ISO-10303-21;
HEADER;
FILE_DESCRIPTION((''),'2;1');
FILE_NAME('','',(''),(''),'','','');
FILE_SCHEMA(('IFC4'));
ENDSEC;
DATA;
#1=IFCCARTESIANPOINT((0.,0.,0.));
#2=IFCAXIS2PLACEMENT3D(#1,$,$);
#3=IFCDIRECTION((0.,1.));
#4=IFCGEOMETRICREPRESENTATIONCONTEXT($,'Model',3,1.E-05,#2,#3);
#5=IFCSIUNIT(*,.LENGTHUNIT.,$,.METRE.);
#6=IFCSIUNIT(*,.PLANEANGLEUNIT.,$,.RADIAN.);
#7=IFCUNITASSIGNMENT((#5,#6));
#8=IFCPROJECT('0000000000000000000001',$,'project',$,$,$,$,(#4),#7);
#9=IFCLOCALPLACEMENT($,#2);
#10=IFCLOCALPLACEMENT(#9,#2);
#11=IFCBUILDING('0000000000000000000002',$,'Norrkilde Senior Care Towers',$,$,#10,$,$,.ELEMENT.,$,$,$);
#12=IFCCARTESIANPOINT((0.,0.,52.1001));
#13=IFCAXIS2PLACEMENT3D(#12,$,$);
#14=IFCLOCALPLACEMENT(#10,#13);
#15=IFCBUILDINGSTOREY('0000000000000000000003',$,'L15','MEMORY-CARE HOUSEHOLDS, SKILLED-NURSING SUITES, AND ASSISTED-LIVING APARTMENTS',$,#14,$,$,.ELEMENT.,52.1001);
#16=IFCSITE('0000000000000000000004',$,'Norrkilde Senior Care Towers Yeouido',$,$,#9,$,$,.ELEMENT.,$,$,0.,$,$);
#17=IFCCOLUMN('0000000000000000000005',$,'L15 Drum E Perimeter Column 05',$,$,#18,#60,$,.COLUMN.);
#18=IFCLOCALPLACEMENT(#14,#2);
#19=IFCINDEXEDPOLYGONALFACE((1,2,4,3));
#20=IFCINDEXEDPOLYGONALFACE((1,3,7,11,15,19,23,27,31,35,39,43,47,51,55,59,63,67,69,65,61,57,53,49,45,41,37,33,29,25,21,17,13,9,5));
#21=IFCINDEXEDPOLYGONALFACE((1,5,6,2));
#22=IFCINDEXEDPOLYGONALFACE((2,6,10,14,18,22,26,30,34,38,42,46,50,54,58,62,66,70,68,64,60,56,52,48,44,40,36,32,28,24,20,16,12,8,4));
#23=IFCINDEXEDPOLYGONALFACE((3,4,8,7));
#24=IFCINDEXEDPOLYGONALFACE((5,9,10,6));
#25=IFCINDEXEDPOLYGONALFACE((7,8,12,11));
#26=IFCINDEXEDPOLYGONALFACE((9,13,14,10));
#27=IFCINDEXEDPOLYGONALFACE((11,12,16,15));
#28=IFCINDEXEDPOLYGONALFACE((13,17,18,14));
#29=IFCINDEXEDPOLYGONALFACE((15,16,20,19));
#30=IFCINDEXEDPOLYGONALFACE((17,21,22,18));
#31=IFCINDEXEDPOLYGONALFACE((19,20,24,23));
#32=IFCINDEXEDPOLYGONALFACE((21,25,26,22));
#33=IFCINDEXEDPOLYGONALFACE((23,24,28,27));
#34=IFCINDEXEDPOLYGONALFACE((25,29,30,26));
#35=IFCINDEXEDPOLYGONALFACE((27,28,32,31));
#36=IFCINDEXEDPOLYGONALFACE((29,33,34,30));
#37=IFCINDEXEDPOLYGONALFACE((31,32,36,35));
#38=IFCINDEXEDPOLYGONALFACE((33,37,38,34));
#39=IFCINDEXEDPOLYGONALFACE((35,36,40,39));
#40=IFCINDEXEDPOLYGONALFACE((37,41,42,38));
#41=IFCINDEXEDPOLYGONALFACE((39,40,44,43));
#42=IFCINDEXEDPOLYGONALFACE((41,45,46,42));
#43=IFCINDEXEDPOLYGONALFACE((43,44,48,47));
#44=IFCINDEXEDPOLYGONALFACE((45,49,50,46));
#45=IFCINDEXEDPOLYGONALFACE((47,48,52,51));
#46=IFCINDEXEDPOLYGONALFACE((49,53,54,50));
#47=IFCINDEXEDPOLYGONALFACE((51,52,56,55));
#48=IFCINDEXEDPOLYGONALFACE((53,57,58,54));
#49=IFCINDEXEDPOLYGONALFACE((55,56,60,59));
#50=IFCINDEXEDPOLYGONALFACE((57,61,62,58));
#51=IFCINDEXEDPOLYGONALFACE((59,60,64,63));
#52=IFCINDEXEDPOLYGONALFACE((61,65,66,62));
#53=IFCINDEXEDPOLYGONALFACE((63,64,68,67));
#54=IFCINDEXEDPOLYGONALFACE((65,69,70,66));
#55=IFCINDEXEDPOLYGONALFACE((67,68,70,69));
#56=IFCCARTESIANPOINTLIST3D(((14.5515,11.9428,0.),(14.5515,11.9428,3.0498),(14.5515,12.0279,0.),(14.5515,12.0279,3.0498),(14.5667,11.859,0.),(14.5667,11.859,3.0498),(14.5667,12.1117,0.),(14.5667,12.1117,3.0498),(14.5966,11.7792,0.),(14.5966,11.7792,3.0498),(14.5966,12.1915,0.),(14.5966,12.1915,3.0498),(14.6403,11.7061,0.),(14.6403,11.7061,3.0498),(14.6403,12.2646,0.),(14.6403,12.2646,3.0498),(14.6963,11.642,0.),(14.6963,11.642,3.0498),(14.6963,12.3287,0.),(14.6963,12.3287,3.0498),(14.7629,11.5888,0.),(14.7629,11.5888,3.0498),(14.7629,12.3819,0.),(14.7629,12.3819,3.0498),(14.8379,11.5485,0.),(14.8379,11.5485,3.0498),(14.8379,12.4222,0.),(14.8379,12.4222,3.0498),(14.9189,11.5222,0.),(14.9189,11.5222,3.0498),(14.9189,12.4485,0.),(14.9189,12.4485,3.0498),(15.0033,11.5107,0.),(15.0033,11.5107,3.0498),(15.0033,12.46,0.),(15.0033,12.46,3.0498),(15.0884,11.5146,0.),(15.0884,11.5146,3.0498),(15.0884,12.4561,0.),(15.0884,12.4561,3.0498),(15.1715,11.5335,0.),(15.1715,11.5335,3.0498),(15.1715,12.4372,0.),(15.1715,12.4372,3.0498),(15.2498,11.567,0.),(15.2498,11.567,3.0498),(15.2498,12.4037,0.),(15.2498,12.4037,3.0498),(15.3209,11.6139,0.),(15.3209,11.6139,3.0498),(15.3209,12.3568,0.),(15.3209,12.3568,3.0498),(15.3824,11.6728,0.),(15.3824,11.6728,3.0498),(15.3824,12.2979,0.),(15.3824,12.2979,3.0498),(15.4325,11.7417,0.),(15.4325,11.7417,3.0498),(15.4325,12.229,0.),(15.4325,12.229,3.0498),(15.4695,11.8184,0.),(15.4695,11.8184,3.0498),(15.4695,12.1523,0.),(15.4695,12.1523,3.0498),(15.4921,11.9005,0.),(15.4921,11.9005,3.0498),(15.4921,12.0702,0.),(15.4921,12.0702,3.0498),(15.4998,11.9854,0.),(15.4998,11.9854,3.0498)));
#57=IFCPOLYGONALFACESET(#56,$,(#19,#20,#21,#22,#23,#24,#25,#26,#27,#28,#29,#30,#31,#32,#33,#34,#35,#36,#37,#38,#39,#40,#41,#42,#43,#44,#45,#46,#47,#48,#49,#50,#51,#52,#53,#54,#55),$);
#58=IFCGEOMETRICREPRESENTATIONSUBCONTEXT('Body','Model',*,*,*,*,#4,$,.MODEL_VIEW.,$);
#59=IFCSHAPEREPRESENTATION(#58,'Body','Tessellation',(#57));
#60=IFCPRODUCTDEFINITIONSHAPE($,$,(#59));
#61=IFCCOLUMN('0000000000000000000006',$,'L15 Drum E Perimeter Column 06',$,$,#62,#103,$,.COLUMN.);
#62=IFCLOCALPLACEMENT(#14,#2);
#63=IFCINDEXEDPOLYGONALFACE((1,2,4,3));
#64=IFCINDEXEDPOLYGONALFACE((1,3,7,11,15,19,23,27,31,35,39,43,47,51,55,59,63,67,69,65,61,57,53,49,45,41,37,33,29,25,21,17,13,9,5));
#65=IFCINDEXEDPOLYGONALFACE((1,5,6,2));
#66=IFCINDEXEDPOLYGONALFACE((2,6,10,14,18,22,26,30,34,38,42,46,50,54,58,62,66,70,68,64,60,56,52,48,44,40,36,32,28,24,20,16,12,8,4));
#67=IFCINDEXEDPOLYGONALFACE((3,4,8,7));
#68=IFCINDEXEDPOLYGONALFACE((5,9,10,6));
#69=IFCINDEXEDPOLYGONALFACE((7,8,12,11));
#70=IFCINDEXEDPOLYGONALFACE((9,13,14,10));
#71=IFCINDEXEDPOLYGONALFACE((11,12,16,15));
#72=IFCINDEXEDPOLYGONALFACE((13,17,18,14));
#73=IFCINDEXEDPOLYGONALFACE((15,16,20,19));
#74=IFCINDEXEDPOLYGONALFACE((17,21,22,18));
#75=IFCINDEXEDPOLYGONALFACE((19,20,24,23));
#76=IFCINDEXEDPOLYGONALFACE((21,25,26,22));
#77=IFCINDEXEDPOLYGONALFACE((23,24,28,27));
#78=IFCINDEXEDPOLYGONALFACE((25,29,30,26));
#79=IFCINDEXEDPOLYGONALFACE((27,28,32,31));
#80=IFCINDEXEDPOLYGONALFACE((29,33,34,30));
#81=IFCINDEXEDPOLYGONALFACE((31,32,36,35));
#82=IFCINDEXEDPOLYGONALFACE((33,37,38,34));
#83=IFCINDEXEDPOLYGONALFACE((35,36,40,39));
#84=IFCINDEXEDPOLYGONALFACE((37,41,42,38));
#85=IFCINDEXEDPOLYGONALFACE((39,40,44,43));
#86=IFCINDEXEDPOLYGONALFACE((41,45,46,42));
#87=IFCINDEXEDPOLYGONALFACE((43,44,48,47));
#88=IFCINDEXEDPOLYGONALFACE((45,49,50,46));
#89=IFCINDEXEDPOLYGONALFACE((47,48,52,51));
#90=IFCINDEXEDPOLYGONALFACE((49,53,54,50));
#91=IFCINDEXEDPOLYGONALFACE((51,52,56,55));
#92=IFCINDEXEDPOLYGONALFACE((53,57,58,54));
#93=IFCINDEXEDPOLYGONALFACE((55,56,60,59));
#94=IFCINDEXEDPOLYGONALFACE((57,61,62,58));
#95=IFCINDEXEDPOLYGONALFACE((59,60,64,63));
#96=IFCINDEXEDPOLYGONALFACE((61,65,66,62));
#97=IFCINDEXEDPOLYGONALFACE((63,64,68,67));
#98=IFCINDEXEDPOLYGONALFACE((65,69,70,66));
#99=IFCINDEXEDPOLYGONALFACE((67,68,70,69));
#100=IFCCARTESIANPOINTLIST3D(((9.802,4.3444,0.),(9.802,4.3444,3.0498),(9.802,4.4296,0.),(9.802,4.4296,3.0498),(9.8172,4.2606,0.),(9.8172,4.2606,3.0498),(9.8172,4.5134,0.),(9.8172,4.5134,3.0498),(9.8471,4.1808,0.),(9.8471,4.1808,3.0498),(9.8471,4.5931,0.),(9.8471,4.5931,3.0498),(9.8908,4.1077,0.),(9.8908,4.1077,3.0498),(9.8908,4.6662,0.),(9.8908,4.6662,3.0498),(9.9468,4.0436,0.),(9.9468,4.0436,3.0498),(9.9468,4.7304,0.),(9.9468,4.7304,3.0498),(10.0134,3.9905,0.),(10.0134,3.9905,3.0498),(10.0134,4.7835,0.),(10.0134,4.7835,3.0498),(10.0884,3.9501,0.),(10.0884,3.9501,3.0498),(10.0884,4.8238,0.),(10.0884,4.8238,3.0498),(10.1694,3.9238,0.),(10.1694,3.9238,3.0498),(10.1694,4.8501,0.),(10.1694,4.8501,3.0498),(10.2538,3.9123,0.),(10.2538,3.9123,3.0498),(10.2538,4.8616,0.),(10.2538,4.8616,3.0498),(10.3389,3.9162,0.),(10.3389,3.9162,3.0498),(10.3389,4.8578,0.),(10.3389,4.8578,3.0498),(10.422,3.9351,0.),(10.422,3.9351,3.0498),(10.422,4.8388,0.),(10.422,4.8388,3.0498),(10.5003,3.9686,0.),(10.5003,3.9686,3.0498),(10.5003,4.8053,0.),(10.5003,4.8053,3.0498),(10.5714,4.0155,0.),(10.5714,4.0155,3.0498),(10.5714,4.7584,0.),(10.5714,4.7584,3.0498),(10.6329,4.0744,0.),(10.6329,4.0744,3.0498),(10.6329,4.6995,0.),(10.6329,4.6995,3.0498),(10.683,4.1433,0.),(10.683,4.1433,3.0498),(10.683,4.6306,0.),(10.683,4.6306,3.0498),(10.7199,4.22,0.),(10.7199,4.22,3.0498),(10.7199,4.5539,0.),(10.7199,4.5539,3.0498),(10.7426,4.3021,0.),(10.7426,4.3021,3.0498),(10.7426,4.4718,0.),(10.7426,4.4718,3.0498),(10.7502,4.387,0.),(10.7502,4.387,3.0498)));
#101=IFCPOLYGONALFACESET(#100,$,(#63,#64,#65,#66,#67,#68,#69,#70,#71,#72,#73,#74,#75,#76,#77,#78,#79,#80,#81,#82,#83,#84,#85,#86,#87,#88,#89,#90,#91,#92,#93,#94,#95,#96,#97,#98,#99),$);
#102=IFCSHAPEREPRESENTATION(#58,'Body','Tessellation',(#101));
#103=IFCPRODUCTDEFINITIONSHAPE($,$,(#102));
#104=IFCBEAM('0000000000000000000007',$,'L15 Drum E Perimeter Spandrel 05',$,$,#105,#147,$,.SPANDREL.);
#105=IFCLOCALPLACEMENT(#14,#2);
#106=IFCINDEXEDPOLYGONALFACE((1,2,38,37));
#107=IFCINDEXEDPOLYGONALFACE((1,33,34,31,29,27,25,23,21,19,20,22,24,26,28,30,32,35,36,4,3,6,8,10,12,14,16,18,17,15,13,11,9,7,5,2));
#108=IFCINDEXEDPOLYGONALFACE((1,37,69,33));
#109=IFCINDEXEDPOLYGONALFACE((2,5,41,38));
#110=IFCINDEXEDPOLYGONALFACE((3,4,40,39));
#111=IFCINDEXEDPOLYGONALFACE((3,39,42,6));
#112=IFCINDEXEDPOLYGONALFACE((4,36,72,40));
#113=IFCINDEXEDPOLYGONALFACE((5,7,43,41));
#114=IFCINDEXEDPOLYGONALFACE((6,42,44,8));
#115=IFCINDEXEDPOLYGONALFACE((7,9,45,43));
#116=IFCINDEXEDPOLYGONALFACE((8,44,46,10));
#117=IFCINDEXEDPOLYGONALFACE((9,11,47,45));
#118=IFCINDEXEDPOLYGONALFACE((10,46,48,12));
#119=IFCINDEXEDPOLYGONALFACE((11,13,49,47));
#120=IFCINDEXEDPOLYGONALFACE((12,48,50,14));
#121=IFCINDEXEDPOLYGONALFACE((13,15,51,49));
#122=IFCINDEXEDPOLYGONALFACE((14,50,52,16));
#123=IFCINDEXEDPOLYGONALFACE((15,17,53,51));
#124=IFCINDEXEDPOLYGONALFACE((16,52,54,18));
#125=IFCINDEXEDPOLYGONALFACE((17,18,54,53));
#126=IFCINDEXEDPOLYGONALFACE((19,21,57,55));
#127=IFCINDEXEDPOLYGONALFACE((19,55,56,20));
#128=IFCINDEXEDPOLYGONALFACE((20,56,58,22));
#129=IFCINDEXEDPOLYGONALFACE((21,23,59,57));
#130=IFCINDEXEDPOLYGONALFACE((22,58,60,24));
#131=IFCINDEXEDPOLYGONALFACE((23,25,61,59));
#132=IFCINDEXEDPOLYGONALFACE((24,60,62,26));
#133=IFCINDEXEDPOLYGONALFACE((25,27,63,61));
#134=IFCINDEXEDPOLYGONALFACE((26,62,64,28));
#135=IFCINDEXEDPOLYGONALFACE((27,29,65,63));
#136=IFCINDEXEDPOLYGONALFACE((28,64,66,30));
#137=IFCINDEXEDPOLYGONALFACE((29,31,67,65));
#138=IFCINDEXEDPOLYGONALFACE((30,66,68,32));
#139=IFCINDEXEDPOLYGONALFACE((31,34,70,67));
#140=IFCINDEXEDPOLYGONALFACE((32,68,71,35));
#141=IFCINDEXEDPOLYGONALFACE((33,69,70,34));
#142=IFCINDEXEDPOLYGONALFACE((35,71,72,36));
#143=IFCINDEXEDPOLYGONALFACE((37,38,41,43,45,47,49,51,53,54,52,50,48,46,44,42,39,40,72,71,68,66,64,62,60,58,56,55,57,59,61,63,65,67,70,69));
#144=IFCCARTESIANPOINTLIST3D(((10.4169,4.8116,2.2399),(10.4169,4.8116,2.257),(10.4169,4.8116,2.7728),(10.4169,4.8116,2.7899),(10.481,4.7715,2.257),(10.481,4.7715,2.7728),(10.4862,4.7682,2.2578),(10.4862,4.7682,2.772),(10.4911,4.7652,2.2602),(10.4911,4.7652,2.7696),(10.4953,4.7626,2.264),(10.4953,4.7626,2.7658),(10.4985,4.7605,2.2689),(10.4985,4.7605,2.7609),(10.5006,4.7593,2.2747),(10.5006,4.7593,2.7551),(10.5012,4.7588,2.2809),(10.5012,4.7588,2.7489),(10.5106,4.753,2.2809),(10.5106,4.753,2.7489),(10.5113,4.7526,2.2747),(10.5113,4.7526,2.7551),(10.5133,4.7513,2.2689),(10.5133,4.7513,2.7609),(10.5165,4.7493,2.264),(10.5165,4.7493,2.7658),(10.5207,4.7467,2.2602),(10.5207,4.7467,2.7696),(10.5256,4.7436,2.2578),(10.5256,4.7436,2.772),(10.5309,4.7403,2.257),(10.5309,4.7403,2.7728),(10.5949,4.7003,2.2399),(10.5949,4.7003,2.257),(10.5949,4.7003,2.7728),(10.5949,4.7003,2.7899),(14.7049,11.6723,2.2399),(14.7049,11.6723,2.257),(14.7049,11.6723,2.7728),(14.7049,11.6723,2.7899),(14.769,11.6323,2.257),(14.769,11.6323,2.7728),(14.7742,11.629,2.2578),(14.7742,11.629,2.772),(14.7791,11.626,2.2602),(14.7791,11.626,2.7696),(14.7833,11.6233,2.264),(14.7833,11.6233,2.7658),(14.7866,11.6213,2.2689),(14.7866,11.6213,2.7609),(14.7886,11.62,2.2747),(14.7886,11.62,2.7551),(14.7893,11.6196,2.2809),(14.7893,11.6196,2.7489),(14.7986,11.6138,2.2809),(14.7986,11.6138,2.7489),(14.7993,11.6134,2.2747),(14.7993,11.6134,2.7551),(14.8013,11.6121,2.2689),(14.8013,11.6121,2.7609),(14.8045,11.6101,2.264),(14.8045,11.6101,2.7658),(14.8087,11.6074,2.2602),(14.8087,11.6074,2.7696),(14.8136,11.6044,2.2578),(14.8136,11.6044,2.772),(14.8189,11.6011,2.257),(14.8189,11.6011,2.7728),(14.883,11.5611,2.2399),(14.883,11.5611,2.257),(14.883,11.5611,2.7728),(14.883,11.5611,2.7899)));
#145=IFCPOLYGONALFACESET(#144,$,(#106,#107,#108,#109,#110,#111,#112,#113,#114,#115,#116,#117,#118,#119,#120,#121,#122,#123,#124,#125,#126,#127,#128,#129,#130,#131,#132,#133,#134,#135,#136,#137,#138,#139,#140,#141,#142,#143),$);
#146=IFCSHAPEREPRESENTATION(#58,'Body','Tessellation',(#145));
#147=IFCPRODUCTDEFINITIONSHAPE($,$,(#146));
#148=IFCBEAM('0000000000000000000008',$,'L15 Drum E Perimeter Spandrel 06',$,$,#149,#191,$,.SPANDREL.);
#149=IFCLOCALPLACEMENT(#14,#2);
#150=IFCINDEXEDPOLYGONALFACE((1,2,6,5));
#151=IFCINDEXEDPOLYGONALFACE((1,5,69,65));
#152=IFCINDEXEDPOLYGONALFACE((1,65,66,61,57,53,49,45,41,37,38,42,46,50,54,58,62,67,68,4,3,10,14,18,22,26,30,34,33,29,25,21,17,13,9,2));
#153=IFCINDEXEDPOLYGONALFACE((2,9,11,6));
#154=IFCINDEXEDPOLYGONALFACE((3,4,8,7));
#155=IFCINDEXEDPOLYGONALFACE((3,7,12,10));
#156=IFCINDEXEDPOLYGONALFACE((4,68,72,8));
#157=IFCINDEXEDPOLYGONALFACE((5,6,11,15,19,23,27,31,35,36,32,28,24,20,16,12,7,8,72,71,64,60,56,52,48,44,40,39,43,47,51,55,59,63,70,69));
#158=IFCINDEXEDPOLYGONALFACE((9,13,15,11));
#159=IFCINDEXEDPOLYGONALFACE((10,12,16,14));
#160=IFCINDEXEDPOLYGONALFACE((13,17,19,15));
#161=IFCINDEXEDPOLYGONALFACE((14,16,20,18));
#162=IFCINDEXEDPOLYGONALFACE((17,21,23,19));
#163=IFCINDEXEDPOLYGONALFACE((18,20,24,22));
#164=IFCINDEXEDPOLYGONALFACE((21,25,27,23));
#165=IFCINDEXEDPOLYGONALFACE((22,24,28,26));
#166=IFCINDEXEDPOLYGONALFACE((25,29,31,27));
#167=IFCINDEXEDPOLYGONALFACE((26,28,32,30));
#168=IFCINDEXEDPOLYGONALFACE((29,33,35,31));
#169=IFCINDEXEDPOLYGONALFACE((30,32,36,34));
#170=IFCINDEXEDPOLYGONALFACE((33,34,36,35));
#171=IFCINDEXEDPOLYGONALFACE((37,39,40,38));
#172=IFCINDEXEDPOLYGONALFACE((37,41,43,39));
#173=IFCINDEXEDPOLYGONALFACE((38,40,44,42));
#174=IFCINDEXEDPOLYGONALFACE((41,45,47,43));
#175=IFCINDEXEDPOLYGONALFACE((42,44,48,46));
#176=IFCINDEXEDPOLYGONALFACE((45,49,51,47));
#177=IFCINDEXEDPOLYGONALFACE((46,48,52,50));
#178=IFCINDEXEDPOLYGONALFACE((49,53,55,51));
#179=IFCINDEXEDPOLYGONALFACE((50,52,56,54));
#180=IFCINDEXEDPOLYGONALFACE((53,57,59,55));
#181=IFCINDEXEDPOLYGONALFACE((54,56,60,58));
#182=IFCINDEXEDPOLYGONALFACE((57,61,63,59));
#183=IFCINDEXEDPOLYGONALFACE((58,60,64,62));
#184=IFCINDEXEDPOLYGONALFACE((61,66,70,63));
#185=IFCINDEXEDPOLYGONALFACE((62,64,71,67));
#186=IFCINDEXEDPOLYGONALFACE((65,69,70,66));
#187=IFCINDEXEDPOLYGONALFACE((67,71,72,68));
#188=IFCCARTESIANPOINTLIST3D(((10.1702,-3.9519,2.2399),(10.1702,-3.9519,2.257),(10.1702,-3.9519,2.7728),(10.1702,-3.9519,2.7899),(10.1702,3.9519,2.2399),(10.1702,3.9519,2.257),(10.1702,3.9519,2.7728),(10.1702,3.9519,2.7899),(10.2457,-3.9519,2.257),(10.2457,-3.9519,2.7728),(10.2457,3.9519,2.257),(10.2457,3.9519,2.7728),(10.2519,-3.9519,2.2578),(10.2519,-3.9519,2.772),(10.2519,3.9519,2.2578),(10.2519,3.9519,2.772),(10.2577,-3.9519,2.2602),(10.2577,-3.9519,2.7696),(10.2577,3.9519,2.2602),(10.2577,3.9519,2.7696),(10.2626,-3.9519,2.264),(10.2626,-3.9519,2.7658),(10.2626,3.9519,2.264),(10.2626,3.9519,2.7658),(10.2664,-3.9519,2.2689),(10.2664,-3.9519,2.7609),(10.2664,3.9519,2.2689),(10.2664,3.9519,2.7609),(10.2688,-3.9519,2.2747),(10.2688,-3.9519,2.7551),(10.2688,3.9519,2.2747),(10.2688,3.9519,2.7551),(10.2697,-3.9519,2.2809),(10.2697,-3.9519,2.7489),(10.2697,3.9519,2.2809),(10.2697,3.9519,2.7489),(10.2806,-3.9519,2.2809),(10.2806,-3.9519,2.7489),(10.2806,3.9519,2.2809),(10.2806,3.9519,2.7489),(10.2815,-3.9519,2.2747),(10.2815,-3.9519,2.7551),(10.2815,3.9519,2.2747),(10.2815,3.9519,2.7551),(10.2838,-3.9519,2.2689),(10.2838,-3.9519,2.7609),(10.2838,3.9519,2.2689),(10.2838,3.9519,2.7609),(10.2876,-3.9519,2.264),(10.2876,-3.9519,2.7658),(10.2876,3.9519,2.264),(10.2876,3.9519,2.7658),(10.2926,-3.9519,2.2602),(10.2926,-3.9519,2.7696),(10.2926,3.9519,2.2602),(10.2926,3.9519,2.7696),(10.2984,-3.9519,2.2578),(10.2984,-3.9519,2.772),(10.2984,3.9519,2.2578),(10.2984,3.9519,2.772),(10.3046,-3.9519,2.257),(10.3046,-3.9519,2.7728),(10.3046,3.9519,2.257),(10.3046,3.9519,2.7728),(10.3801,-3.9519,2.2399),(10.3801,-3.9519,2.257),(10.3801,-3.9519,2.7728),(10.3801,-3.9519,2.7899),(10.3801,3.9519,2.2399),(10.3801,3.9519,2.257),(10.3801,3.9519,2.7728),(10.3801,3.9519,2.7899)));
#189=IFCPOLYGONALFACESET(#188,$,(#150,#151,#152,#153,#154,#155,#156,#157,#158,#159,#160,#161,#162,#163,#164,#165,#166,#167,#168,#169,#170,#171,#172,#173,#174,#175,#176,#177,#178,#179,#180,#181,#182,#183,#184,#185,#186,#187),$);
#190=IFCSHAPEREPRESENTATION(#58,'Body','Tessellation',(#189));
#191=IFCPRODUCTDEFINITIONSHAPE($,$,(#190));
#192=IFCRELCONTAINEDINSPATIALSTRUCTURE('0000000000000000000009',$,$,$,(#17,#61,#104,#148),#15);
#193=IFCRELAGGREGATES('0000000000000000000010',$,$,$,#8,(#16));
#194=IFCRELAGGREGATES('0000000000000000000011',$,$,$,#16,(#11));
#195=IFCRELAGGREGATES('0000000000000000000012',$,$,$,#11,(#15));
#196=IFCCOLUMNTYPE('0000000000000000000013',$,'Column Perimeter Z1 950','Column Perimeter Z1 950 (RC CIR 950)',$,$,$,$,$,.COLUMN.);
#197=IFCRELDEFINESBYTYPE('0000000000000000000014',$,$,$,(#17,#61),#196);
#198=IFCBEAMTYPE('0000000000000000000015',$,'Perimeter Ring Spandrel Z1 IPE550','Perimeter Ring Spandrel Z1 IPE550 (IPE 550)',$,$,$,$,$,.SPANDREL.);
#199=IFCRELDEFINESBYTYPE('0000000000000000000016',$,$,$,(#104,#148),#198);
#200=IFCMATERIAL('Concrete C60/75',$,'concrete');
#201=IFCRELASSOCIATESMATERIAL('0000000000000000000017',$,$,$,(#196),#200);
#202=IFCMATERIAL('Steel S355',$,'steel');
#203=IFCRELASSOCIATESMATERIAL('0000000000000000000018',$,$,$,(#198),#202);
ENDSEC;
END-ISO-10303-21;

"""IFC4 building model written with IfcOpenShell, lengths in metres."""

from ifc_helpers import new_model, si_unit, direction, frame, origin, origin_2d, place, context, subcontext, project, spatial, circle, i_section, extrude, source, transform, mapped, material, material_profile, profile_set, type_object, type_shapes, element, save


model = new_model("IFC4")

# Units and contexts
model_context = context("Model", 3, precision=1e-05, world=origin(), true_north=direction((0.0, 1.0)))
body_context = subcontext(model_context, "Body", "Model", "MODEL_VIEW")
ifc_project = project(units=[si_unit("LENGTHUNIT", "METRE"), si_unit("PLANEANGLEUNIT", "RADIAN")], contexts=[model_context])

# Site, building, storey
site_placement = place(None, origin())
site = spatial("IfcSite", under=ifc_project, at=site_placement, Name="Norrkilde Senior Care Towers Yeouido", CompositionType="ELEMENT", RefElevation=0.0)
building_placement = place(site_placement, origin())
building = spatial("IfcBuilding", under=site, at=building_placement, Name="Norrkilde Senior Care Towers", CompositionType="ELEMENT")
storey_placement = place(building_placement, frame((0.0, 0.0, 52.1001)))
storey = spatial("IfcBuildingStorey", under=building, at=storey_placement, Name="L15", Description="MEMORY-CARE HOUSEHOLDS, SKILLED-NURSING SUITES, AND ASSISTED-LIVING APARTMENTS", CompositionType="ELEMENT", Elevation=52.1001)

# Columns
ifc_material_1 = material(Name="Concrete C60/75", Category="concrete")
ifc_material_profile_1 = material_profile(ifc_material_1, circle(Radius=0.4751, at=origin_2d()), Name="RC CIR 950")
ifc_profile_set_1 = profile_set([ifc_material_profile_1], Name="Concrete C60/75")
column_type = type_object("IfcColumnType", Name="Column Perimeter Z1 950", Description="Column Perimeter Z1 950 (RC CIR 950)", PredefinedType="COLUMN", material=ifc_profile_set_1)
shared_shape_1 = source(origin(), body_context, "Body", "SweptSolid", [
    extrude(circle(Radius=0.4751, at=origin_2d()), origin(), (0.0, 0.0, 1.0), 3.0498),
])
type_shapes(column_type, [shared_shape_1])
for number, where, z_axis, x_axis, name in (
    (1, (15.0247, 11.9854, 0.0), (0.0, 0.0, 1.0), (1.0, 0.0, 0.0), "L15 Drum E Perimeter Column 05"),
    (2, (10.2751, 4.387, 0.0), (0.0, 0.0, 1.0), (1.0, 0.0, 0.0), "L15 Drum E Perimeter Column 06"),
):
    element("IfcColumn", number, at=place(storey_placement, frame(where, z_axis=z_axis, x_axis=x_axis)), inside=storey, type_object=column_type, Name=name, PredefinedType="COLUMN", context=body_context, shape_type="MappedRepresentation", body=[
        mapped(shared_shape_1, transform((0.0, 0.0, 0.0), x_axis=(1.0, 0.0, 0.0), y_axis=(0.0, 1.0, 0.0), z_axis=(0.0, 0.0, 1.0), scale=1.0)),
    ])

# Beams
ifc_material_2 = material(Name="Steel S355", Category="steel")
ifc_material_profile_2 = material_profile(ifc_material_2, i_section(OverallWidth=0.21, OverallDepth=0.55, WebThickness=0.011, FlangeThickness=0.0171, FilletRadius=0.0239, at=origin_2d()), Name="IPE 550")
ifc_profile_set_2 = profile_set([ifc_material_profile_2], Name="Steel S355")
beam_type = type_object("IfcBeamType", Name="Perimeter Ring Spandrel Z1 IPE550", Description="Perimeter Ring Spandrel Z1 IPE550 (IPE 550)", PredefinedType="SPANDREL", material=ifc_profile_set_2)
shared_shape_2 = source(origin(), body_context, "Body", "SweptSolid", [
    extrude(i_section(OverallWidth=0.21, OverallDepth=0.55, WebThickness=0.011, FlangeThickness=0.0171, FilletRadius=0.0239, at=origin_2d()), origin(), (0.0, 0.0, 1.0), 8.0906),
])
beam_1_placement = place(storey_placement, frame((14.7939, 11.6167, 2.5149), z_axis=(-0.530004, -0.847995, 0.0), x_axis=(0.847995, -0.530004, 0.0)))
element("IfcBeam", 3, at=beam_1_placement, inside=storey, type_object=beam_type, Name="L15 Drum E Perimeter Spandrel 05", PredefinedType="SPANDREL", context=body_context, shape_type="MappedRepresentation", body=[
    mapped(shared_shape_2, transform((0.0, 0.0, 0.0), x_axis=(1.0, 0.0, 0.0), y_axis=(0.0, 1.0, 0.0), z_axis=(0.0, 0.0, 1.0), scale=1.0)),
])
shared_shape_3 = source(origin(), body_context, "Body", "SweptSolid", [
    extrude(i_section(OverallWidth=0.21, OverallDepth=0.55, WebThickness=0.011, FlangeThickness=0.0171, FilletRadius=0.0239, at=origin_2d()), origin(), (0.0, 0.0, 1.0), 7.9038),
])
type_shapes(beam_type, [shared_shape_2, shared_shape_3])
beam_2_placement = place(storey_placement, frame((10.2751, 3.9519, 2.5149), z_axis=(0.0, -1.0, 0.0), x_axis=(1.0, 0.0, 0.0)))
element("IfcBeam", 4, at=beam_2_placement, inside=storey, type_object=beam_type, Name="L15 Drum E Perimeter Spandrel 06", PredefinedType="SPANDREL", context=body_context, shape_type="MappedRepresentation", body=[
    mapped(shared_shape_3, transform((0.0, 0.0, 0.0), x_axis=(1.0, 0.0, 0.0), y_axis=(0.0, 1.0, 0.0), z_axis=(0.0, 0.0, 1.0), scale=1.0)),
])

save(model, "model.ifc")
